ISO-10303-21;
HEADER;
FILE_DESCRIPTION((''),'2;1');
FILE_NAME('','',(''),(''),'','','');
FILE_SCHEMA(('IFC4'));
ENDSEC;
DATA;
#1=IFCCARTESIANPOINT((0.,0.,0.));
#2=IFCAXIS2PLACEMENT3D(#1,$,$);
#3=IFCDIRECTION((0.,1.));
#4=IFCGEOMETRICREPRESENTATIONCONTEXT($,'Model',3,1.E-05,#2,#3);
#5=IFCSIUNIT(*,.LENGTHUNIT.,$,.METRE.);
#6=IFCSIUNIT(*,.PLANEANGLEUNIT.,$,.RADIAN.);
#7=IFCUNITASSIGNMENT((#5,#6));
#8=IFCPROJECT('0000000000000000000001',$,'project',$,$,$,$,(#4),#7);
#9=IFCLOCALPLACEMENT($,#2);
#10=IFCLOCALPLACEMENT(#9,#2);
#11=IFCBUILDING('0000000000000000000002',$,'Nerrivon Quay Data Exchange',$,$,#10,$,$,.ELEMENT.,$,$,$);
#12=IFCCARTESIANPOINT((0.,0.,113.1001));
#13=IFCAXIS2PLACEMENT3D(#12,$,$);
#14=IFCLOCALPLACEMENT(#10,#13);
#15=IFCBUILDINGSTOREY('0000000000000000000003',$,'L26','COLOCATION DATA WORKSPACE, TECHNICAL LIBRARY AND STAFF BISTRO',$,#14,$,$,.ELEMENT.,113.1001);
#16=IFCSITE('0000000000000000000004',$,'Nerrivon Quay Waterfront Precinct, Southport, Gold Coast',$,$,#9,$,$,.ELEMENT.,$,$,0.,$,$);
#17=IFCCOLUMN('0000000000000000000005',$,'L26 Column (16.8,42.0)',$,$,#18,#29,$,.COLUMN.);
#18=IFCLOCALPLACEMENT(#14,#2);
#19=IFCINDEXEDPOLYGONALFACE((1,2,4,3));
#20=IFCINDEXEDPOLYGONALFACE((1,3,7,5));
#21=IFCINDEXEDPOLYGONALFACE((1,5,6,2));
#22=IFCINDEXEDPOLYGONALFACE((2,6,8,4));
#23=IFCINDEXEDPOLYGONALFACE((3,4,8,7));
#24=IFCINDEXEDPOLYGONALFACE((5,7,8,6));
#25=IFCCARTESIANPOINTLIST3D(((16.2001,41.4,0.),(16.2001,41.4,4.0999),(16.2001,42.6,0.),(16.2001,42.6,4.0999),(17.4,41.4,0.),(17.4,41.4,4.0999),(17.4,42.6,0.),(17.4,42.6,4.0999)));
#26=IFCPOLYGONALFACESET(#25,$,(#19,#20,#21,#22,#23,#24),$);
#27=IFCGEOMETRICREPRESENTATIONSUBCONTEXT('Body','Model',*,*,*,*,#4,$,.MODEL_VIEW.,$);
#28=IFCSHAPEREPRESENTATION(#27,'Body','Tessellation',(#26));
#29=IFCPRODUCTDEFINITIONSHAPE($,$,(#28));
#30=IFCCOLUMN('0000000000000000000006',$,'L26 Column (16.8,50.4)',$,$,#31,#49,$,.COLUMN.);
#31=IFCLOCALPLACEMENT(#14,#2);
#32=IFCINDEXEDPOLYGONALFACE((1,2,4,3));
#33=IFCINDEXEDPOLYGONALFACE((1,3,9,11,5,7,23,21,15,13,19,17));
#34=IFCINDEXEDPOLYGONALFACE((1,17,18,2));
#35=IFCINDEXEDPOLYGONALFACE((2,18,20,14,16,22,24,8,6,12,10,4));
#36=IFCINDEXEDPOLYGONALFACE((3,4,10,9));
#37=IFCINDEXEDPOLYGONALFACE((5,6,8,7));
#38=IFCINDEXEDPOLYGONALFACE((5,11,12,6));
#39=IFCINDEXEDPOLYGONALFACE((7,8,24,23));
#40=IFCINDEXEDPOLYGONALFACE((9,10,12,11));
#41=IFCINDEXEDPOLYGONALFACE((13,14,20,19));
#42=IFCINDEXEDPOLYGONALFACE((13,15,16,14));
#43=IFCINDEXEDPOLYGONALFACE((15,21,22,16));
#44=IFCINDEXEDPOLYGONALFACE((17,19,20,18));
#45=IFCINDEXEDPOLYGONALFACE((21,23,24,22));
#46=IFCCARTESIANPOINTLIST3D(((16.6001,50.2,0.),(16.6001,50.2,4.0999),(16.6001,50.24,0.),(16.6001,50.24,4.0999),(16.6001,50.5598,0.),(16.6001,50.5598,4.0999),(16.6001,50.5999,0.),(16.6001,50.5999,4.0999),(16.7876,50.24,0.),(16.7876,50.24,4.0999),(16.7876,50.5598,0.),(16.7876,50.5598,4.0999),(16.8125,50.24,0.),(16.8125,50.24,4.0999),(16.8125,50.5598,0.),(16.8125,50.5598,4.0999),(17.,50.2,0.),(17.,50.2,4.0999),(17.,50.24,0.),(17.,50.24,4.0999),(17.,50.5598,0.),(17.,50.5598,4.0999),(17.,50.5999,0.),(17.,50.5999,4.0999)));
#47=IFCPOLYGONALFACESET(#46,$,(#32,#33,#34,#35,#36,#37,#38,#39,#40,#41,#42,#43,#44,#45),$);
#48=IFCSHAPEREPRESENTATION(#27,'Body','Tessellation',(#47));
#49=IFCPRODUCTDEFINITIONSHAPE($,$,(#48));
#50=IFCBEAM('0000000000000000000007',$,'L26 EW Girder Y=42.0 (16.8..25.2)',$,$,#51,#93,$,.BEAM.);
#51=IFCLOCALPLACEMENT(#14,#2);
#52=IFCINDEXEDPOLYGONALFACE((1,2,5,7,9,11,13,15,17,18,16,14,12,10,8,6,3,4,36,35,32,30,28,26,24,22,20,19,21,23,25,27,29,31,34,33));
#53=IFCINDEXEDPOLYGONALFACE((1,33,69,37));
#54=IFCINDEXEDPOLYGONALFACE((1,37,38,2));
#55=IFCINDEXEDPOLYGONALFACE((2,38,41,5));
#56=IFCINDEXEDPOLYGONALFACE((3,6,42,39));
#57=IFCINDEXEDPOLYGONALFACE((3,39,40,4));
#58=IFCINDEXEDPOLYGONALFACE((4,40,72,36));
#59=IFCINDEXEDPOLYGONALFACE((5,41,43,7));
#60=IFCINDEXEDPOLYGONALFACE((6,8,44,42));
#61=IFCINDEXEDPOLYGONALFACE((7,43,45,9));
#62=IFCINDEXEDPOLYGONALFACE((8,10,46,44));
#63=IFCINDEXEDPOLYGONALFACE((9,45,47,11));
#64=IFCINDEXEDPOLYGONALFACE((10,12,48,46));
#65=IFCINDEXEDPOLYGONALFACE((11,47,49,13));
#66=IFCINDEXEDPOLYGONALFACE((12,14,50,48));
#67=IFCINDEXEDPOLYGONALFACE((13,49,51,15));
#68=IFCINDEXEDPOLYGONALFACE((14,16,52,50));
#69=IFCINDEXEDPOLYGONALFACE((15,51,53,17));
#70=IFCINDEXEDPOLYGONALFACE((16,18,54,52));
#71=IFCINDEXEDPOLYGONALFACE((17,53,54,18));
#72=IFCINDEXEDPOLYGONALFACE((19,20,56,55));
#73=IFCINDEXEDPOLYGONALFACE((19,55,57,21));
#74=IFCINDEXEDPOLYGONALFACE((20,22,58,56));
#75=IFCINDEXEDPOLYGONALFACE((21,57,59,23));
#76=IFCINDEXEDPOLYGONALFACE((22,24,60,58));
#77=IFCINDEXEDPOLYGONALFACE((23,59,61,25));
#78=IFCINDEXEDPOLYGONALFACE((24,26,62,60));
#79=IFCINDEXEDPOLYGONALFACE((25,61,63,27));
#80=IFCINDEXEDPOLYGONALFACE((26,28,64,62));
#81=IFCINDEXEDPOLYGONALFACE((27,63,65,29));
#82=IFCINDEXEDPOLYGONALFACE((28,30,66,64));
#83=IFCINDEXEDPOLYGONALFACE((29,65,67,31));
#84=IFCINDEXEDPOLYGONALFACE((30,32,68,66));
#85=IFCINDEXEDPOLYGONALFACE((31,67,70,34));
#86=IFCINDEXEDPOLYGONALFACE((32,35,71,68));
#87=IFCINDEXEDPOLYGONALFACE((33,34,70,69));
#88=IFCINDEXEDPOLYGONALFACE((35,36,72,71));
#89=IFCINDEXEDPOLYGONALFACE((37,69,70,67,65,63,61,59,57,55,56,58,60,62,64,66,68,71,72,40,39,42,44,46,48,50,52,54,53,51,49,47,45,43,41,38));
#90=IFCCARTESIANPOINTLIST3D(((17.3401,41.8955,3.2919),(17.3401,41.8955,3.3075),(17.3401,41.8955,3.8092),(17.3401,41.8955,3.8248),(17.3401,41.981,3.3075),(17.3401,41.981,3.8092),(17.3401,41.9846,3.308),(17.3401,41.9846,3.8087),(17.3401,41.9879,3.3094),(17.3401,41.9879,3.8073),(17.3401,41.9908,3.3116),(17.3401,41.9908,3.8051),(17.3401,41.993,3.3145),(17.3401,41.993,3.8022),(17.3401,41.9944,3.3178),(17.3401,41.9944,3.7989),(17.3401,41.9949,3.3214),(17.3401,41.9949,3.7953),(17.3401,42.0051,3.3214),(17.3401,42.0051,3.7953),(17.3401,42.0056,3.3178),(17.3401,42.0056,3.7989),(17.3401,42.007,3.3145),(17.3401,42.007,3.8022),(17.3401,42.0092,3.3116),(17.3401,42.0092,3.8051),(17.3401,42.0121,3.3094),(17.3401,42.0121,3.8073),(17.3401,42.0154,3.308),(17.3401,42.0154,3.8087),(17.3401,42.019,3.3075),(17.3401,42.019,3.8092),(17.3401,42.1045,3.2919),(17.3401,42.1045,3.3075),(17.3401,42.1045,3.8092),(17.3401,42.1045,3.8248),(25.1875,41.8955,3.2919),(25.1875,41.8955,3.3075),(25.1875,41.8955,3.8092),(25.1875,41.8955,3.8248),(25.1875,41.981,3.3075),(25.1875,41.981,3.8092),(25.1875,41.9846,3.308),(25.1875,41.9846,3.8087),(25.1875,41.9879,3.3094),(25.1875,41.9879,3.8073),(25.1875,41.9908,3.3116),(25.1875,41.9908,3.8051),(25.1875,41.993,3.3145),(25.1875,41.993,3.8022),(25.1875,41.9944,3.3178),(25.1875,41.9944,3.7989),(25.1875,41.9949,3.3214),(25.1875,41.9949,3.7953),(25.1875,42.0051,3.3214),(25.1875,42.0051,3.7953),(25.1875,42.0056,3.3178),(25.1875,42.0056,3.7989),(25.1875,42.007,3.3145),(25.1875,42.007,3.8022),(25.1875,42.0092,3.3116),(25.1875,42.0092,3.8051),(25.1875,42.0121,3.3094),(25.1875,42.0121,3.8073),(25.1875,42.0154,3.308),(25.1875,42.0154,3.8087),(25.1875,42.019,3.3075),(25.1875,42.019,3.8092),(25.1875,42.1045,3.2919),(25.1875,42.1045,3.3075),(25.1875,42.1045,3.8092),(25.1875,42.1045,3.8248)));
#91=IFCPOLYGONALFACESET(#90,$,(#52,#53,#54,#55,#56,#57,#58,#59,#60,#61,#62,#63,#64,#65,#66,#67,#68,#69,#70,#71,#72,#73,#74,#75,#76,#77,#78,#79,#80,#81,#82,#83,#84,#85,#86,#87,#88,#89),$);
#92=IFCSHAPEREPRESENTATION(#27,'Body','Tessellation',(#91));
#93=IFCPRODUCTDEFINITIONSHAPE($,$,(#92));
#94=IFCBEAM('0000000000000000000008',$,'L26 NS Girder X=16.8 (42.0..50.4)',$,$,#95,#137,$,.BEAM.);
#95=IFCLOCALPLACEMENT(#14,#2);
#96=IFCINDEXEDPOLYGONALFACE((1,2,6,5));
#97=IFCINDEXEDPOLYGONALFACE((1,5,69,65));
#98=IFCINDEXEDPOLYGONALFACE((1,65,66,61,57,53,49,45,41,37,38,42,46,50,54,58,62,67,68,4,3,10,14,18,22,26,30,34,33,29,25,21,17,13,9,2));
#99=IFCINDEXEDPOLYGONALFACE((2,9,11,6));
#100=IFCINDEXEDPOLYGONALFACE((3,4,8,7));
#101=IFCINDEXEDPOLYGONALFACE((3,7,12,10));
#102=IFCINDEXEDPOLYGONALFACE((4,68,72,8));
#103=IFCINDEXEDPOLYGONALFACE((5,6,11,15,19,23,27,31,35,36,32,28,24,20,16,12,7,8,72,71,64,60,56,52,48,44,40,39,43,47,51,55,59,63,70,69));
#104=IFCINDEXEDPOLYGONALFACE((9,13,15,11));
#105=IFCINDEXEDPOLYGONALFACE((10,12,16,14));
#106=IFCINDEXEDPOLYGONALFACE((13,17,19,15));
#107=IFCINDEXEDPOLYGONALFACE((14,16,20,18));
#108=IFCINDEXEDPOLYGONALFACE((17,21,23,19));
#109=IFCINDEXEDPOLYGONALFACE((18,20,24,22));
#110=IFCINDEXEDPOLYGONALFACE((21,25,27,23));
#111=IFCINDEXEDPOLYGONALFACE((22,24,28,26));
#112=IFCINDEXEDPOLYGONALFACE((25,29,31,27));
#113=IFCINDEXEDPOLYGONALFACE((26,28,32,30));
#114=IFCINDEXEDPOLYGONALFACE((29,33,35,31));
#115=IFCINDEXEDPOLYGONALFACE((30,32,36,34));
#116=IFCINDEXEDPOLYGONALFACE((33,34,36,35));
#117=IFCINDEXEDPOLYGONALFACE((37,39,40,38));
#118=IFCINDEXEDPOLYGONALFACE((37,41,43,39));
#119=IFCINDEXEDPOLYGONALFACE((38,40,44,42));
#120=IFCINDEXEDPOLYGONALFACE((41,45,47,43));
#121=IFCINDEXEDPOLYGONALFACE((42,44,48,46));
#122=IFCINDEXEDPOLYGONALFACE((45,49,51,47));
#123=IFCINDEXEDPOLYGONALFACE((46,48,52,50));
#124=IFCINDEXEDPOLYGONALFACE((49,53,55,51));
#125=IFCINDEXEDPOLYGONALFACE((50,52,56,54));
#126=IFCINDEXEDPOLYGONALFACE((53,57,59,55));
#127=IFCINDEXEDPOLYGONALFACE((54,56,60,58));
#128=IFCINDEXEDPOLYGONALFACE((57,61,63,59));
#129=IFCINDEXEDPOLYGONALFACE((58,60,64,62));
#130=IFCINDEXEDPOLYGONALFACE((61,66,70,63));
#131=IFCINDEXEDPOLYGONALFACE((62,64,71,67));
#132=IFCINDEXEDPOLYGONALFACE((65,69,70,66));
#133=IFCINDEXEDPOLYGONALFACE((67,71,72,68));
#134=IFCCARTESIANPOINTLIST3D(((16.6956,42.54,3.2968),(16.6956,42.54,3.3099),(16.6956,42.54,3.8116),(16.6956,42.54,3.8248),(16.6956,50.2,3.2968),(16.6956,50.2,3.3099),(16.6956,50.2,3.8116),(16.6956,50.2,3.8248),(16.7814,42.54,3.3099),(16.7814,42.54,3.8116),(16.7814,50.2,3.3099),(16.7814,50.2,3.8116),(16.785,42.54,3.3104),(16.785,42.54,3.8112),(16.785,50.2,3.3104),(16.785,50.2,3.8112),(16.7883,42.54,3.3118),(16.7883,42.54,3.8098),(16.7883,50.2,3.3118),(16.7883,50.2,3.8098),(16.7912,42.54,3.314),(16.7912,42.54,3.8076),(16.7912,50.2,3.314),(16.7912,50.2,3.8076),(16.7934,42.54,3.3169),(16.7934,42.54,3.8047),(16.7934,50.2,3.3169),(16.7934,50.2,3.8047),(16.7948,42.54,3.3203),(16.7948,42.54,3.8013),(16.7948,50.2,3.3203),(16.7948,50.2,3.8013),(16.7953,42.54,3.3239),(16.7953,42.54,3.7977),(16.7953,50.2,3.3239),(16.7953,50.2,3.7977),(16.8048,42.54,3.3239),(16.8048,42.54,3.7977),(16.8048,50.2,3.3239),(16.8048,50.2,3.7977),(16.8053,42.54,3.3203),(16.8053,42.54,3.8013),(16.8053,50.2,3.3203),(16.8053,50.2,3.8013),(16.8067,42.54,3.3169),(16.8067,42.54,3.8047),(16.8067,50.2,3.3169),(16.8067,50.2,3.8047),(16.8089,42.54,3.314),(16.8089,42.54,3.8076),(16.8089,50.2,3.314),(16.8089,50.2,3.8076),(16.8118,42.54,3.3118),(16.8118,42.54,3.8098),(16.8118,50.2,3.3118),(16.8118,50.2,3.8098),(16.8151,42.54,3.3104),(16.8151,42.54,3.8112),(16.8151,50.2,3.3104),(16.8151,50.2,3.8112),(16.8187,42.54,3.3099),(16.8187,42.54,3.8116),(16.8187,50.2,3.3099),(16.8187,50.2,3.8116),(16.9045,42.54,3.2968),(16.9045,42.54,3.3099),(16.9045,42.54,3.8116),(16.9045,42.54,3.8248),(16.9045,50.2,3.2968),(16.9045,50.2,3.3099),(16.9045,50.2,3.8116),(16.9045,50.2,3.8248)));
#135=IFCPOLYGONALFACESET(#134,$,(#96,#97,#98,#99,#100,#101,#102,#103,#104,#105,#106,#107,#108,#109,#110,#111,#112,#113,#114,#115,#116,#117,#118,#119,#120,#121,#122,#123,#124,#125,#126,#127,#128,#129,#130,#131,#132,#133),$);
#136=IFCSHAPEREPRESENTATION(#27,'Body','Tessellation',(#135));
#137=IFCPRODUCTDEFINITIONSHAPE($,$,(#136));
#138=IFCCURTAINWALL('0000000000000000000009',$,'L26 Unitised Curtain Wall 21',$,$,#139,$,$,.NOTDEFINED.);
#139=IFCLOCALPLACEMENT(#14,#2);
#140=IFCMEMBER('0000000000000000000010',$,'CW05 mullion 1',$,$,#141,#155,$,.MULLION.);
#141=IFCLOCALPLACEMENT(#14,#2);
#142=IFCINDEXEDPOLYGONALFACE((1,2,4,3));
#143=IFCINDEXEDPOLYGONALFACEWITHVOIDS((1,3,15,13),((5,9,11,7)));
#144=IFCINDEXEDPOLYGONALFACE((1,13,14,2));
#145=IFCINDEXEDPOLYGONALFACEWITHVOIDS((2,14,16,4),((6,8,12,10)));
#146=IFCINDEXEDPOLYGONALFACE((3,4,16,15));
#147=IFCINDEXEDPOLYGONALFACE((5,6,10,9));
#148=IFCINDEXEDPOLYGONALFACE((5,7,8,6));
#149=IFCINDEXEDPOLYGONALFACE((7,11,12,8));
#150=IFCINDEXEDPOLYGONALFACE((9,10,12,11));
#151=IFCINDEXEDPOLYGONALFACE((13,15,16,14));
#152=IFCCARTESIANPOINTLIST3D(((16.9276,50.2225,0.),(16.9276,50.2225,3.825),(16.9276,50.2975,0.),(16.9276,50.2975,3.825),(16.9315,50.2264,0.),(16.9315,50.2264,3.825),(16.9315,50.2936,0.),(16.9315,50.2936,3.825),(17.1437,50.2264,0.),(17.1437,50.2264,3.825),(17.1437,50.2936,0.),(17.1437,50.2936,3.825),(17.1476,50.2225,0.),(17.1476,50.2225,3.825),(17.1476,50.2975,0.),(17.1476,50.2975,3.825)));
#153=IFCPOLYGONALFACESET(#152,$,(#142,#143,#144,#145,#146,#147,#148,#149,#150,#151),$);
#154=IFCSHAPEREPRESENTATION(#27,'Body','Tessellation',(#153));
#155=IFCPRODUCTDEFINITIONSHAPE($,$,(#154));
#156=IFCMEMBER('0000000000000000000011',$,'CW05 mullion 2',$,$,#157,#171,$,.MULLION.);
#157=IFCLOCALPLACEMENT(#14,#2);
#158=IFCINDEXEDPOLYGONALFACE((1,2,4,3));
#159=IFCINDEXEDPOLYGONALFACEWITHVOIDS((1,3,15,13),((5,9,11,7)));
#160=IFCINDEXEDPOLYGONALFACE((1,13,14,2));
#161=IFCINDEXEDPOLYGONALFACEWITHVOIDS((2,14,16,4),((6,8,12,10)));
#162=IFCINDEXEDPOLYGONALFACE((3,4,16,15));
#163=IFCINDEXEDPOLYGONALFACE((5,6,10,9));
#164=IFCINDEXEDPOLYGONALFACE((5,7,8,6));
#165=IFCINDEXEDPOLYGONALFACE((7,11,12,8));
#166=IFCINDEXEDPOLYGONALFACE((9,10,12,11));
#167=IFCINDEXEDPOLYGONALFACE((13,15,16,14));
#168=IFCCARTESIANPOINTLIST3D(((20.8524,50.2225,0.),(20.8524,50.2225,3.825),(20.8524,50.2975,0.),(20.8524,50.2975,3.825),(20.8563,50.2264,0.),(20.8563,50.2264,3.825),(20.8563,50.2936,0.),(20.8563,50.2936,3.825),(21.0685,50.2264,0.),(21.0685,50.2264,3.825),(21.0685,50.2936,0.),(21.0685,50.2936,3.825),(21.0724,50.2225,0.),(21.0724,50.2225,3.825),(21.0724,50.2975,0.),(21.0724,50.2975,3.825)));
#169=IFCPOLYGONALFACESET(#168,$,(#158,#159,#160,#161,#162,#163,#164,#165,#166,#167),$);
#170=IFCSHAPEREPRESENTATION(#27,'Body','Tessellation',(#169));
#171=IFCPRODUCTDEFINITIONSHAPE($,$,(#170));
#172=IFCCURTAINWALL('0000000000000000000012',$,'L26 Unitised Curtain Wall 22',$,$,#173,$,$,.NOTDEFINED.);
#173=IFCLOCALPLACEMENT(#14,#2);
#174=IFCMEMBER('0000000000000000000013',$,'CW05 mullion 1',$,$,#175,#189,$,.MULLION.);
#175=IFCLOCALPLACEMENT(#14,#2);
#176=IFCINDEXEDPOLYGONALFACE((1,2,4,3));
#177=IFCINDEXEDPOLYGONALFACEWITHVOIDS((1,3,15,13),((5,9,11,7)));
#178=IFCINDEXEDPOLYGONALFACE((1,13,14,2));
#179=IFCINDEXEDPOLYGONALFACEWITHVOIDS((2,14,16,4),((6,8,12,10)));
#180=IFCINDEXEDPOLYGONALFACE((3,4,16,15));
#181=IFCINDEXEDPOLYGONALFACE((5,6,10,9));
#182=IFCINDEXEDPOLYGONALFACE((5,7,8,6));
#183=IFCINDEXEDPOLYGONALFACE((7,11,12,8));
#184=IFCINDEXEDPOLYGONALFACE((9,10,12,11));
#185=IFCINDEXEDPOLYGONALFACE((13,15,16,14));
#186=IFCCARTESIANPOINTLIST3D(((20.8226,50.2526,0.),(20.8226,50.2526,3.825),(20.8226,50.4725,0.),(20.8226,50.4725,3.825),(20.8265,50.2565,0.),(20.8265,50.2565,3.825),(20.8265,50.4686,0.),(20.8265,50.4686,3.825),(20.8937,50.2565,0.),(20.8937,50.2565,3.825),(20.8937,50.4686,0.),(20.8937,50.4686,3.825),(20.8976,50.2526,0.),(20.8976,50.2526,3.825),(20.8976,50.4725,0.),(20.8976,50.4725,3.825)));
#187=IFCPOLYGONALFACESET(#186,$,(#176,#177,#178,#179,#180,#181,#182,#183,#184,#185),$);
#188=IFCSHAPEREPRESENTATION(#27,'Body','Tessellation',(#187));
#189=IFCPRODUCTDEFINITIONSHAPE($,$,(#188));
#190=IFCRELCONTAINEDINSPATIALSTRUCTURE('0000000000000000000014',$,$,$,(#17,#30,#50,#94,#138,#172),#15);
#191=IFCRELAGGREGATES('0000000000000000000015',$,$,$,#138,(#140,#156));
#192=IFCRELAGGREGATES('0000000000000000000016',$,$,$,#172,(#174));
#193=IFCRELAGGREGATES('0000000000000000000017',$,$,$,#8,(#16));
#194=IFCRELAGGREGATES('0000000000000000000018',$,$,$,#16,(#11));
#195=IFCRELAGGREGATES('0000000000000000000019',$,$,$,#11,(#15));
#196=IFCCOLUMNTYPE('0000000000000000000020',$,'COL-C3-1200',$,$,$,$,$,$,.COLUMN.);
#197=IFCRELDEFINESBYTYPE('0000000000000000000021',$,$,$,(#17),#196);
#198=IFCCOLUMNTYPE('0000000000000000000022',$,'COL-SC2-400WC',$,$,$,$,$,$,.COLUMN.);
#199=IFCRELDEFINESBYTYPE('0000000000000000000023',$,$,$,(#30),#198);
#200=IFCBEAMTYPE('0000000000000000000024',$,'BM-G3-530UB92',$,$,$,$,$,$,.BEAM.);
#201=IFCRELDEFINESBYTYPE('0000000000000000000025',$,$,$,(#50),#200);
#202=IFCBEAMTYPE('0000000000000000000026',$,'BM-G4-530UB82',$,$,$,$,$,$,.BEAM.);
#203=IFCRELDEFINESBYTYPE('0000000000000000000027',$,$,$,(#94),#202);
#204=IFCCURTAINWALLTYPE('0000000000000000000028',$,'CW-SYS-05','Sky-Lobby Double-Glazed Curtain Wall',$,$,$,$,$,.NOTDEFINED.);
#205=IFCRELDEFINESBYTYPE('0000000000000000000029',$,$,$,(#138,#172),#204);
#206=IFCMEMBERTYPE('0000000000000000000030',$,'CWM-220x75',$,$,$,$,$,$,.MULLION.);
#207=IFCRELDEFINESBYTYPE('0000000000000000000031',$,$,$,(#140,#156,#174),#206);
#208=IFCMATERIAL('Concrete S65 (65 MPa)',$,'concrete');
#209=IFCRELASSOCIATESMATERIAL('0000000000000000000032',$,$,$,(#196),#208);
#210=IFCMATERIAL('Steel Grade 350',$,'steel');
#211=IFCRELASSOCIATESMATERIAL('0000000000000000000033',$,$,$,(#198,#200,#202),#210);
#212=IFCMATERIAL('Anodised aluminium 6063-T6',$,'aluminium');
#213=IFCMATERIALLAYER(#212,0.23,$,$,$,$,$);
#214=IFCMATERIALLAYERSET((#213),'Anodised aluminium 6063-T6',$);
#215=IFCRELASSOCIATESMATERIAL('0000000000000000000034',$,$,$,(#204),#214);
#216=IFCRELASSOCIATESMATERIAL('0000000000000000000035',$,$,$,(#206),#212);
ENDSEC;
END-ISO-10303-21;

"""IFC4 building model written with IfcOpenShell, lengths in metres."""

from ifc_helpers import new_model, si_unit, direction, frame, origin, origin_2d, place, context, subcontext, project, spatial, rectangle, hollow_rectangle, i_section, extrude, material, layer, layer_set, material_profile, profile_set, type_object, element, aggregate, save


model = new_model("IFC4")

# Units and contexts
model_context = context("Model", 3, precision=1e-05, world=origin(), true_north=direction((0.0, 1.0)))
body_context = subcontext(model_context, "Body", "Model", "MODEL_VIEW")
ifc_project = project(units=[si_unit("LENGTHUNIT", "METRE"), si_unit("PLANEANGLEUNIT", "RADIAN")], contexts=[model_context])

# Site, building, storey
site_placement = place(None, origin())
site = spatial("IfcSite", under=ifc_project, at=site_placement, Name="Nerrivon Quay Waterfront Precinct, Southport, Gold Coast", CompositionType="ELEMENT", RefElevation=0.0)
building_placement = place(site_placement, origin())
building = spatial("IfcBuilding", under=site, at=building_placement, Name="Nerrivon Quay Data Exchange", CompositionType="ELEMENT")
storey_placement = place(building_placement, frame((0.0, 0.0, 113.1001)))
storey = spatial("IfcBuildingStorey", under=building, at=storey_placement, Name="L26", Description="COLOCATION DATA WORKSPACE, TECHNICAL LIBRARY AND STAFF BISTRO", CompositionType="ELEMENT", Elevation=113.1001)

# Columns
ifc_material_1 = material(Name="Concrete S65 (65 MPa)", Category="concrete")
ifc_material_profile_1 = material_profile(ifc_material_1, rectangle(XDim=1.2, YDim=1.2, at=origin_2d()), Name="RC-COL-1200x1200")
ifc_profile_set_1 = profile_set([ifc_material_profile_1], Name="Concrete S65 (65 MPa)")
column_type_1 = type_object("IfcColumnType", Name="COL-C3-1200", PredefinedType="COLUMN", material=ifc_profile_set_1)
column_1_placement = place(storey_placement, frame((16.8, 42.0, 0.0), z_axis=(0.0, 0.0, 1.0), x_axis=(1.0, 0.0, 0.0)))
element("IfcColumn", 1, at=column_1_placement, inside=storey, type_object=column_type_1, Name="L26 Column (16.8,42.0)", PredefinedType="COLUMN", context=body_context, shape_type="SweptSolid", body=[
    extrude(rectangle(XDim=1.2, YDim=1.2, at=origin_2d()), origin(), (0.0, 0.0, 1.0), 4.0999),
])
ifc_material_2 = material(Name="Steel Grade 350", Category="steel")
ifc_material_profile_2 = material_profile(ifc_material_2, i_section(OverallWidth=0.3999, OverallDepth=0.3999, WebThickness=0.0249, FlangeThickness=0.04, at=origin_2d()), Name="400WC328")
ifc_profile_set_2 = profile_set([ifc_material_profile_2], Name="Steel Grade 350")
column_type_2 = type_object("IfcColumnType", Name="COL-SC2-400WC", PredefinedType="COLUMN", material=ifc_profile_set_2)
column_2_placement = place(storey_placement, frame((16.8, 50.3999, 0.0), z_axis=(0.0, 0.0, 1.0), x_axis=(1.0, 0.0, 0.0)))
element("IfcColumn", 2, at=column_2_placement, inside=storey, type_object=column_type_2, Name="L26 Column (16.8,50.4)", PredefinedType="COLUMN", context=body_context, shape_type="SweptSolid", body=[
    extrude(i_section(OverallWidth=0.3999, OverallDepth=0.3999, WebThickness=0.0249, FlangeThickness=0.04, at=origin_2d()), origin(), (0.0, 0.0, 1.0), 4.0999),
])

# Beams
ifc_material_profile_3 = material_profile(ifc_material_2, i_section(OverallWidth=0.209, OverallDepth=0.533, WebThickness=0.0103, FlangeThickness=0.0156, FilletRadius=0.0139, at=origin_2d()), Name="530UB92.4")
ifc_profile_set_3 = profile_set([ifc_material_profile_3], Name="Steel Grade 350")
beam_type_1 = type_object("IfcBeamType", Name="BM-G3-530UB92", PredefinedType="BEAM", material=ifc_profile_set_3)
beam_1_placement = place(storey_placement, frame((17.3401, 42.0, 3.5583), z_axis=(1.0, 0.0, 0.0), x_axis=(0.0, 1.0, 0.0)))
element("IfcBeam", 3, at=beam_1_placement, inside=storey, type_object=beam_type_1, Name="L26 EW Girder Y=42.0 (16.8..25.2)", PredefinedType="BEAM", context=body_context, shape_type="SweptSolid", body=[
    extrude(i_section(OverallWidth=0.209, OverallDepth=0.533, WebThickness=0.0103, FlangeThickness=0.0156, FilletRadius=0.0139, at=origin_2d()), origin(), (0.0, 0.0, 1.0), 7.8474),
])
ifc_material_profile_4 = material_profile(ifc_material_2, i_section(OverallWidth=0.209, OverallDepth=0.5281, WebThickness=0.0095, FlangeThickness=0.0132, FilletRadius=0.0139, at=origin_2d()), Name="530UB82.0")
ifc_profile_set_4 = profile_set([ifc_material_profile_4], Name="Steel Grade 350")
beam_type_2 = type_object("IfcBeamType", Name="BM-G4-530UB82", PredefinedType="BEAM", material=ifc_profile_set_4)
beam_2_placement = place(storey_placement, frame((16.8, 42.54, 3.5608), z_axis=(0.0, 1.0, 0.0), x_axis=(-1.0, 0.0, 0.0)))
element("IfcBeam", 4, at=beam_2_placement, inside=storey, type_object=beam_type_2, Name="L26 NS Girder X=16.8 (42.0..50.4)", PredefinedType="BEAM", context=body_context, shape_type="SweptSolid", body=[
    extrude(i_section(OverallWidth=0.209, OverallDepth=0.5281, WebThickness=0.0095, FlangeThickness=0.0132, FilletRadius=0.0139, at=origin_2d()), origin(), (0.0, 0.0, 1.0), 7.6599),
])

# Curtain walls, members
ifc_material_3 = material(Name="Anodised aluminium 6063-T6", Category="aluminium")
ifc_layer_1 = layer(ifc_material_3, 0.23)
ifc_layer_set_1 = layer_set([ifc_layer_1], Name="Anodised aluminium 6063-T6")
curtain_wall_type = type_object("IfcCurtainWallType", Name="CW-SYS-05", Description="Sky-Lobby Double-Glazed Curtain Wall", PredefinedType="NOTDEFINED", material=ifc_layer_set_1)
curtain_wall_1_placement = place(storey_placement, origin())
curtain_wall_1 = element("IfcCurtainWall", 5, at=curtain_wall_1_placement, inside=storey, type_object=curtain_wall_type, Name="L26 Unitised Curtain Wall 21", PredefinedType="NOTDEFINED")
ifc_material_profile_5 = material_profile(ifc_material_3, hollow_rectangle(XDim=0.075, YDim=0.22, WallThickness=0.0039, at=origin_2d()), Name="ALU-MULL-220x75")
ifc_profile_set_5 = profile_set([ifc_material_profile_5], Name="Anodised aluminium 6063-T6")
member_type_1 = type_object("IfcMemberType", Name="CWM-220x75", PredefinedType="MULLION", material=ifc_profile_set_5)
member_1_placement = place(storey_placement, frame((17.0376, 50.26, 0.0), z_axis=(0.0, 0.0, 1.0), x_axis=(0.0, 1.0, 0.0)))
member_1 = element("IfcMember", 6, at=member_1_placement, type_object=member_type_1, Name="CW05 mullion 1", PredefinedType="MULLION", context=body_context, shape_type="SweptSolid", body=[
    extrude(hollow_rectangle(XDim=0.075, YDim=0.22, WallThickness=0.0039, at=origin_2d()), origin(), (0.0, 0.0, 1.0), 3.825),
])
member_2_placement = place(storey_placement, frame((20.9624, 50.26, 0.0), z_axis=(0.0, 0.0, 1.0), x_axis=(0.0, 1.0, 0.0)))
member_2 = element("IfcMember", 7, at=member_2_placement, type_object=member_type_1, Name="CW05 mullion 2", PredefinedType="MULLION", context=body_context, shape_type="SweptSolid", body=[
    extrude(hollow_rectangle(XDim=0.075, YDim=0.22, WallThickness=0.0039, at=origin_2d()), origin(), (0.0, 0.0, 1.0), 3.825),
])
curtain_wall_2_placement = place(storey_placement, origin())
curtain_wall_2 = element("IfcCurtainWall", 8, at=curtain_wall_2_placement, inside=storey, type_object=curtain_wall_type, Name="L26 Unitised Curtain Wall 22", PredefinedType="NOTDEFINED")
member_3_placement = place(storey_placement, frame((20.8601, 50.3625, 0.0), z_axis=(0.0, 0.0, 1.0), x_axis=(1.0, 0.0, 0.0)))
member_3 = element("IfcMember", 9, at=member_3_placement, type_object=member_type_1, Name="CW05 mullion 1", PredefinedType="MULLION", context=body_context, shape_type="SweptSolid", body=[
    extrude(hollow_rectangle(XDim=0.075, YDim=0.22, WallThickness=0.0039, at=origin_2d()), origin(), (0.0, 0.0, 1.0), 3.825),
])

aggregate(curtain_wall_1, [member_1, member_2])
aggregate(curtain_wall_2, [member_3])

save(model, "model.ifc")
